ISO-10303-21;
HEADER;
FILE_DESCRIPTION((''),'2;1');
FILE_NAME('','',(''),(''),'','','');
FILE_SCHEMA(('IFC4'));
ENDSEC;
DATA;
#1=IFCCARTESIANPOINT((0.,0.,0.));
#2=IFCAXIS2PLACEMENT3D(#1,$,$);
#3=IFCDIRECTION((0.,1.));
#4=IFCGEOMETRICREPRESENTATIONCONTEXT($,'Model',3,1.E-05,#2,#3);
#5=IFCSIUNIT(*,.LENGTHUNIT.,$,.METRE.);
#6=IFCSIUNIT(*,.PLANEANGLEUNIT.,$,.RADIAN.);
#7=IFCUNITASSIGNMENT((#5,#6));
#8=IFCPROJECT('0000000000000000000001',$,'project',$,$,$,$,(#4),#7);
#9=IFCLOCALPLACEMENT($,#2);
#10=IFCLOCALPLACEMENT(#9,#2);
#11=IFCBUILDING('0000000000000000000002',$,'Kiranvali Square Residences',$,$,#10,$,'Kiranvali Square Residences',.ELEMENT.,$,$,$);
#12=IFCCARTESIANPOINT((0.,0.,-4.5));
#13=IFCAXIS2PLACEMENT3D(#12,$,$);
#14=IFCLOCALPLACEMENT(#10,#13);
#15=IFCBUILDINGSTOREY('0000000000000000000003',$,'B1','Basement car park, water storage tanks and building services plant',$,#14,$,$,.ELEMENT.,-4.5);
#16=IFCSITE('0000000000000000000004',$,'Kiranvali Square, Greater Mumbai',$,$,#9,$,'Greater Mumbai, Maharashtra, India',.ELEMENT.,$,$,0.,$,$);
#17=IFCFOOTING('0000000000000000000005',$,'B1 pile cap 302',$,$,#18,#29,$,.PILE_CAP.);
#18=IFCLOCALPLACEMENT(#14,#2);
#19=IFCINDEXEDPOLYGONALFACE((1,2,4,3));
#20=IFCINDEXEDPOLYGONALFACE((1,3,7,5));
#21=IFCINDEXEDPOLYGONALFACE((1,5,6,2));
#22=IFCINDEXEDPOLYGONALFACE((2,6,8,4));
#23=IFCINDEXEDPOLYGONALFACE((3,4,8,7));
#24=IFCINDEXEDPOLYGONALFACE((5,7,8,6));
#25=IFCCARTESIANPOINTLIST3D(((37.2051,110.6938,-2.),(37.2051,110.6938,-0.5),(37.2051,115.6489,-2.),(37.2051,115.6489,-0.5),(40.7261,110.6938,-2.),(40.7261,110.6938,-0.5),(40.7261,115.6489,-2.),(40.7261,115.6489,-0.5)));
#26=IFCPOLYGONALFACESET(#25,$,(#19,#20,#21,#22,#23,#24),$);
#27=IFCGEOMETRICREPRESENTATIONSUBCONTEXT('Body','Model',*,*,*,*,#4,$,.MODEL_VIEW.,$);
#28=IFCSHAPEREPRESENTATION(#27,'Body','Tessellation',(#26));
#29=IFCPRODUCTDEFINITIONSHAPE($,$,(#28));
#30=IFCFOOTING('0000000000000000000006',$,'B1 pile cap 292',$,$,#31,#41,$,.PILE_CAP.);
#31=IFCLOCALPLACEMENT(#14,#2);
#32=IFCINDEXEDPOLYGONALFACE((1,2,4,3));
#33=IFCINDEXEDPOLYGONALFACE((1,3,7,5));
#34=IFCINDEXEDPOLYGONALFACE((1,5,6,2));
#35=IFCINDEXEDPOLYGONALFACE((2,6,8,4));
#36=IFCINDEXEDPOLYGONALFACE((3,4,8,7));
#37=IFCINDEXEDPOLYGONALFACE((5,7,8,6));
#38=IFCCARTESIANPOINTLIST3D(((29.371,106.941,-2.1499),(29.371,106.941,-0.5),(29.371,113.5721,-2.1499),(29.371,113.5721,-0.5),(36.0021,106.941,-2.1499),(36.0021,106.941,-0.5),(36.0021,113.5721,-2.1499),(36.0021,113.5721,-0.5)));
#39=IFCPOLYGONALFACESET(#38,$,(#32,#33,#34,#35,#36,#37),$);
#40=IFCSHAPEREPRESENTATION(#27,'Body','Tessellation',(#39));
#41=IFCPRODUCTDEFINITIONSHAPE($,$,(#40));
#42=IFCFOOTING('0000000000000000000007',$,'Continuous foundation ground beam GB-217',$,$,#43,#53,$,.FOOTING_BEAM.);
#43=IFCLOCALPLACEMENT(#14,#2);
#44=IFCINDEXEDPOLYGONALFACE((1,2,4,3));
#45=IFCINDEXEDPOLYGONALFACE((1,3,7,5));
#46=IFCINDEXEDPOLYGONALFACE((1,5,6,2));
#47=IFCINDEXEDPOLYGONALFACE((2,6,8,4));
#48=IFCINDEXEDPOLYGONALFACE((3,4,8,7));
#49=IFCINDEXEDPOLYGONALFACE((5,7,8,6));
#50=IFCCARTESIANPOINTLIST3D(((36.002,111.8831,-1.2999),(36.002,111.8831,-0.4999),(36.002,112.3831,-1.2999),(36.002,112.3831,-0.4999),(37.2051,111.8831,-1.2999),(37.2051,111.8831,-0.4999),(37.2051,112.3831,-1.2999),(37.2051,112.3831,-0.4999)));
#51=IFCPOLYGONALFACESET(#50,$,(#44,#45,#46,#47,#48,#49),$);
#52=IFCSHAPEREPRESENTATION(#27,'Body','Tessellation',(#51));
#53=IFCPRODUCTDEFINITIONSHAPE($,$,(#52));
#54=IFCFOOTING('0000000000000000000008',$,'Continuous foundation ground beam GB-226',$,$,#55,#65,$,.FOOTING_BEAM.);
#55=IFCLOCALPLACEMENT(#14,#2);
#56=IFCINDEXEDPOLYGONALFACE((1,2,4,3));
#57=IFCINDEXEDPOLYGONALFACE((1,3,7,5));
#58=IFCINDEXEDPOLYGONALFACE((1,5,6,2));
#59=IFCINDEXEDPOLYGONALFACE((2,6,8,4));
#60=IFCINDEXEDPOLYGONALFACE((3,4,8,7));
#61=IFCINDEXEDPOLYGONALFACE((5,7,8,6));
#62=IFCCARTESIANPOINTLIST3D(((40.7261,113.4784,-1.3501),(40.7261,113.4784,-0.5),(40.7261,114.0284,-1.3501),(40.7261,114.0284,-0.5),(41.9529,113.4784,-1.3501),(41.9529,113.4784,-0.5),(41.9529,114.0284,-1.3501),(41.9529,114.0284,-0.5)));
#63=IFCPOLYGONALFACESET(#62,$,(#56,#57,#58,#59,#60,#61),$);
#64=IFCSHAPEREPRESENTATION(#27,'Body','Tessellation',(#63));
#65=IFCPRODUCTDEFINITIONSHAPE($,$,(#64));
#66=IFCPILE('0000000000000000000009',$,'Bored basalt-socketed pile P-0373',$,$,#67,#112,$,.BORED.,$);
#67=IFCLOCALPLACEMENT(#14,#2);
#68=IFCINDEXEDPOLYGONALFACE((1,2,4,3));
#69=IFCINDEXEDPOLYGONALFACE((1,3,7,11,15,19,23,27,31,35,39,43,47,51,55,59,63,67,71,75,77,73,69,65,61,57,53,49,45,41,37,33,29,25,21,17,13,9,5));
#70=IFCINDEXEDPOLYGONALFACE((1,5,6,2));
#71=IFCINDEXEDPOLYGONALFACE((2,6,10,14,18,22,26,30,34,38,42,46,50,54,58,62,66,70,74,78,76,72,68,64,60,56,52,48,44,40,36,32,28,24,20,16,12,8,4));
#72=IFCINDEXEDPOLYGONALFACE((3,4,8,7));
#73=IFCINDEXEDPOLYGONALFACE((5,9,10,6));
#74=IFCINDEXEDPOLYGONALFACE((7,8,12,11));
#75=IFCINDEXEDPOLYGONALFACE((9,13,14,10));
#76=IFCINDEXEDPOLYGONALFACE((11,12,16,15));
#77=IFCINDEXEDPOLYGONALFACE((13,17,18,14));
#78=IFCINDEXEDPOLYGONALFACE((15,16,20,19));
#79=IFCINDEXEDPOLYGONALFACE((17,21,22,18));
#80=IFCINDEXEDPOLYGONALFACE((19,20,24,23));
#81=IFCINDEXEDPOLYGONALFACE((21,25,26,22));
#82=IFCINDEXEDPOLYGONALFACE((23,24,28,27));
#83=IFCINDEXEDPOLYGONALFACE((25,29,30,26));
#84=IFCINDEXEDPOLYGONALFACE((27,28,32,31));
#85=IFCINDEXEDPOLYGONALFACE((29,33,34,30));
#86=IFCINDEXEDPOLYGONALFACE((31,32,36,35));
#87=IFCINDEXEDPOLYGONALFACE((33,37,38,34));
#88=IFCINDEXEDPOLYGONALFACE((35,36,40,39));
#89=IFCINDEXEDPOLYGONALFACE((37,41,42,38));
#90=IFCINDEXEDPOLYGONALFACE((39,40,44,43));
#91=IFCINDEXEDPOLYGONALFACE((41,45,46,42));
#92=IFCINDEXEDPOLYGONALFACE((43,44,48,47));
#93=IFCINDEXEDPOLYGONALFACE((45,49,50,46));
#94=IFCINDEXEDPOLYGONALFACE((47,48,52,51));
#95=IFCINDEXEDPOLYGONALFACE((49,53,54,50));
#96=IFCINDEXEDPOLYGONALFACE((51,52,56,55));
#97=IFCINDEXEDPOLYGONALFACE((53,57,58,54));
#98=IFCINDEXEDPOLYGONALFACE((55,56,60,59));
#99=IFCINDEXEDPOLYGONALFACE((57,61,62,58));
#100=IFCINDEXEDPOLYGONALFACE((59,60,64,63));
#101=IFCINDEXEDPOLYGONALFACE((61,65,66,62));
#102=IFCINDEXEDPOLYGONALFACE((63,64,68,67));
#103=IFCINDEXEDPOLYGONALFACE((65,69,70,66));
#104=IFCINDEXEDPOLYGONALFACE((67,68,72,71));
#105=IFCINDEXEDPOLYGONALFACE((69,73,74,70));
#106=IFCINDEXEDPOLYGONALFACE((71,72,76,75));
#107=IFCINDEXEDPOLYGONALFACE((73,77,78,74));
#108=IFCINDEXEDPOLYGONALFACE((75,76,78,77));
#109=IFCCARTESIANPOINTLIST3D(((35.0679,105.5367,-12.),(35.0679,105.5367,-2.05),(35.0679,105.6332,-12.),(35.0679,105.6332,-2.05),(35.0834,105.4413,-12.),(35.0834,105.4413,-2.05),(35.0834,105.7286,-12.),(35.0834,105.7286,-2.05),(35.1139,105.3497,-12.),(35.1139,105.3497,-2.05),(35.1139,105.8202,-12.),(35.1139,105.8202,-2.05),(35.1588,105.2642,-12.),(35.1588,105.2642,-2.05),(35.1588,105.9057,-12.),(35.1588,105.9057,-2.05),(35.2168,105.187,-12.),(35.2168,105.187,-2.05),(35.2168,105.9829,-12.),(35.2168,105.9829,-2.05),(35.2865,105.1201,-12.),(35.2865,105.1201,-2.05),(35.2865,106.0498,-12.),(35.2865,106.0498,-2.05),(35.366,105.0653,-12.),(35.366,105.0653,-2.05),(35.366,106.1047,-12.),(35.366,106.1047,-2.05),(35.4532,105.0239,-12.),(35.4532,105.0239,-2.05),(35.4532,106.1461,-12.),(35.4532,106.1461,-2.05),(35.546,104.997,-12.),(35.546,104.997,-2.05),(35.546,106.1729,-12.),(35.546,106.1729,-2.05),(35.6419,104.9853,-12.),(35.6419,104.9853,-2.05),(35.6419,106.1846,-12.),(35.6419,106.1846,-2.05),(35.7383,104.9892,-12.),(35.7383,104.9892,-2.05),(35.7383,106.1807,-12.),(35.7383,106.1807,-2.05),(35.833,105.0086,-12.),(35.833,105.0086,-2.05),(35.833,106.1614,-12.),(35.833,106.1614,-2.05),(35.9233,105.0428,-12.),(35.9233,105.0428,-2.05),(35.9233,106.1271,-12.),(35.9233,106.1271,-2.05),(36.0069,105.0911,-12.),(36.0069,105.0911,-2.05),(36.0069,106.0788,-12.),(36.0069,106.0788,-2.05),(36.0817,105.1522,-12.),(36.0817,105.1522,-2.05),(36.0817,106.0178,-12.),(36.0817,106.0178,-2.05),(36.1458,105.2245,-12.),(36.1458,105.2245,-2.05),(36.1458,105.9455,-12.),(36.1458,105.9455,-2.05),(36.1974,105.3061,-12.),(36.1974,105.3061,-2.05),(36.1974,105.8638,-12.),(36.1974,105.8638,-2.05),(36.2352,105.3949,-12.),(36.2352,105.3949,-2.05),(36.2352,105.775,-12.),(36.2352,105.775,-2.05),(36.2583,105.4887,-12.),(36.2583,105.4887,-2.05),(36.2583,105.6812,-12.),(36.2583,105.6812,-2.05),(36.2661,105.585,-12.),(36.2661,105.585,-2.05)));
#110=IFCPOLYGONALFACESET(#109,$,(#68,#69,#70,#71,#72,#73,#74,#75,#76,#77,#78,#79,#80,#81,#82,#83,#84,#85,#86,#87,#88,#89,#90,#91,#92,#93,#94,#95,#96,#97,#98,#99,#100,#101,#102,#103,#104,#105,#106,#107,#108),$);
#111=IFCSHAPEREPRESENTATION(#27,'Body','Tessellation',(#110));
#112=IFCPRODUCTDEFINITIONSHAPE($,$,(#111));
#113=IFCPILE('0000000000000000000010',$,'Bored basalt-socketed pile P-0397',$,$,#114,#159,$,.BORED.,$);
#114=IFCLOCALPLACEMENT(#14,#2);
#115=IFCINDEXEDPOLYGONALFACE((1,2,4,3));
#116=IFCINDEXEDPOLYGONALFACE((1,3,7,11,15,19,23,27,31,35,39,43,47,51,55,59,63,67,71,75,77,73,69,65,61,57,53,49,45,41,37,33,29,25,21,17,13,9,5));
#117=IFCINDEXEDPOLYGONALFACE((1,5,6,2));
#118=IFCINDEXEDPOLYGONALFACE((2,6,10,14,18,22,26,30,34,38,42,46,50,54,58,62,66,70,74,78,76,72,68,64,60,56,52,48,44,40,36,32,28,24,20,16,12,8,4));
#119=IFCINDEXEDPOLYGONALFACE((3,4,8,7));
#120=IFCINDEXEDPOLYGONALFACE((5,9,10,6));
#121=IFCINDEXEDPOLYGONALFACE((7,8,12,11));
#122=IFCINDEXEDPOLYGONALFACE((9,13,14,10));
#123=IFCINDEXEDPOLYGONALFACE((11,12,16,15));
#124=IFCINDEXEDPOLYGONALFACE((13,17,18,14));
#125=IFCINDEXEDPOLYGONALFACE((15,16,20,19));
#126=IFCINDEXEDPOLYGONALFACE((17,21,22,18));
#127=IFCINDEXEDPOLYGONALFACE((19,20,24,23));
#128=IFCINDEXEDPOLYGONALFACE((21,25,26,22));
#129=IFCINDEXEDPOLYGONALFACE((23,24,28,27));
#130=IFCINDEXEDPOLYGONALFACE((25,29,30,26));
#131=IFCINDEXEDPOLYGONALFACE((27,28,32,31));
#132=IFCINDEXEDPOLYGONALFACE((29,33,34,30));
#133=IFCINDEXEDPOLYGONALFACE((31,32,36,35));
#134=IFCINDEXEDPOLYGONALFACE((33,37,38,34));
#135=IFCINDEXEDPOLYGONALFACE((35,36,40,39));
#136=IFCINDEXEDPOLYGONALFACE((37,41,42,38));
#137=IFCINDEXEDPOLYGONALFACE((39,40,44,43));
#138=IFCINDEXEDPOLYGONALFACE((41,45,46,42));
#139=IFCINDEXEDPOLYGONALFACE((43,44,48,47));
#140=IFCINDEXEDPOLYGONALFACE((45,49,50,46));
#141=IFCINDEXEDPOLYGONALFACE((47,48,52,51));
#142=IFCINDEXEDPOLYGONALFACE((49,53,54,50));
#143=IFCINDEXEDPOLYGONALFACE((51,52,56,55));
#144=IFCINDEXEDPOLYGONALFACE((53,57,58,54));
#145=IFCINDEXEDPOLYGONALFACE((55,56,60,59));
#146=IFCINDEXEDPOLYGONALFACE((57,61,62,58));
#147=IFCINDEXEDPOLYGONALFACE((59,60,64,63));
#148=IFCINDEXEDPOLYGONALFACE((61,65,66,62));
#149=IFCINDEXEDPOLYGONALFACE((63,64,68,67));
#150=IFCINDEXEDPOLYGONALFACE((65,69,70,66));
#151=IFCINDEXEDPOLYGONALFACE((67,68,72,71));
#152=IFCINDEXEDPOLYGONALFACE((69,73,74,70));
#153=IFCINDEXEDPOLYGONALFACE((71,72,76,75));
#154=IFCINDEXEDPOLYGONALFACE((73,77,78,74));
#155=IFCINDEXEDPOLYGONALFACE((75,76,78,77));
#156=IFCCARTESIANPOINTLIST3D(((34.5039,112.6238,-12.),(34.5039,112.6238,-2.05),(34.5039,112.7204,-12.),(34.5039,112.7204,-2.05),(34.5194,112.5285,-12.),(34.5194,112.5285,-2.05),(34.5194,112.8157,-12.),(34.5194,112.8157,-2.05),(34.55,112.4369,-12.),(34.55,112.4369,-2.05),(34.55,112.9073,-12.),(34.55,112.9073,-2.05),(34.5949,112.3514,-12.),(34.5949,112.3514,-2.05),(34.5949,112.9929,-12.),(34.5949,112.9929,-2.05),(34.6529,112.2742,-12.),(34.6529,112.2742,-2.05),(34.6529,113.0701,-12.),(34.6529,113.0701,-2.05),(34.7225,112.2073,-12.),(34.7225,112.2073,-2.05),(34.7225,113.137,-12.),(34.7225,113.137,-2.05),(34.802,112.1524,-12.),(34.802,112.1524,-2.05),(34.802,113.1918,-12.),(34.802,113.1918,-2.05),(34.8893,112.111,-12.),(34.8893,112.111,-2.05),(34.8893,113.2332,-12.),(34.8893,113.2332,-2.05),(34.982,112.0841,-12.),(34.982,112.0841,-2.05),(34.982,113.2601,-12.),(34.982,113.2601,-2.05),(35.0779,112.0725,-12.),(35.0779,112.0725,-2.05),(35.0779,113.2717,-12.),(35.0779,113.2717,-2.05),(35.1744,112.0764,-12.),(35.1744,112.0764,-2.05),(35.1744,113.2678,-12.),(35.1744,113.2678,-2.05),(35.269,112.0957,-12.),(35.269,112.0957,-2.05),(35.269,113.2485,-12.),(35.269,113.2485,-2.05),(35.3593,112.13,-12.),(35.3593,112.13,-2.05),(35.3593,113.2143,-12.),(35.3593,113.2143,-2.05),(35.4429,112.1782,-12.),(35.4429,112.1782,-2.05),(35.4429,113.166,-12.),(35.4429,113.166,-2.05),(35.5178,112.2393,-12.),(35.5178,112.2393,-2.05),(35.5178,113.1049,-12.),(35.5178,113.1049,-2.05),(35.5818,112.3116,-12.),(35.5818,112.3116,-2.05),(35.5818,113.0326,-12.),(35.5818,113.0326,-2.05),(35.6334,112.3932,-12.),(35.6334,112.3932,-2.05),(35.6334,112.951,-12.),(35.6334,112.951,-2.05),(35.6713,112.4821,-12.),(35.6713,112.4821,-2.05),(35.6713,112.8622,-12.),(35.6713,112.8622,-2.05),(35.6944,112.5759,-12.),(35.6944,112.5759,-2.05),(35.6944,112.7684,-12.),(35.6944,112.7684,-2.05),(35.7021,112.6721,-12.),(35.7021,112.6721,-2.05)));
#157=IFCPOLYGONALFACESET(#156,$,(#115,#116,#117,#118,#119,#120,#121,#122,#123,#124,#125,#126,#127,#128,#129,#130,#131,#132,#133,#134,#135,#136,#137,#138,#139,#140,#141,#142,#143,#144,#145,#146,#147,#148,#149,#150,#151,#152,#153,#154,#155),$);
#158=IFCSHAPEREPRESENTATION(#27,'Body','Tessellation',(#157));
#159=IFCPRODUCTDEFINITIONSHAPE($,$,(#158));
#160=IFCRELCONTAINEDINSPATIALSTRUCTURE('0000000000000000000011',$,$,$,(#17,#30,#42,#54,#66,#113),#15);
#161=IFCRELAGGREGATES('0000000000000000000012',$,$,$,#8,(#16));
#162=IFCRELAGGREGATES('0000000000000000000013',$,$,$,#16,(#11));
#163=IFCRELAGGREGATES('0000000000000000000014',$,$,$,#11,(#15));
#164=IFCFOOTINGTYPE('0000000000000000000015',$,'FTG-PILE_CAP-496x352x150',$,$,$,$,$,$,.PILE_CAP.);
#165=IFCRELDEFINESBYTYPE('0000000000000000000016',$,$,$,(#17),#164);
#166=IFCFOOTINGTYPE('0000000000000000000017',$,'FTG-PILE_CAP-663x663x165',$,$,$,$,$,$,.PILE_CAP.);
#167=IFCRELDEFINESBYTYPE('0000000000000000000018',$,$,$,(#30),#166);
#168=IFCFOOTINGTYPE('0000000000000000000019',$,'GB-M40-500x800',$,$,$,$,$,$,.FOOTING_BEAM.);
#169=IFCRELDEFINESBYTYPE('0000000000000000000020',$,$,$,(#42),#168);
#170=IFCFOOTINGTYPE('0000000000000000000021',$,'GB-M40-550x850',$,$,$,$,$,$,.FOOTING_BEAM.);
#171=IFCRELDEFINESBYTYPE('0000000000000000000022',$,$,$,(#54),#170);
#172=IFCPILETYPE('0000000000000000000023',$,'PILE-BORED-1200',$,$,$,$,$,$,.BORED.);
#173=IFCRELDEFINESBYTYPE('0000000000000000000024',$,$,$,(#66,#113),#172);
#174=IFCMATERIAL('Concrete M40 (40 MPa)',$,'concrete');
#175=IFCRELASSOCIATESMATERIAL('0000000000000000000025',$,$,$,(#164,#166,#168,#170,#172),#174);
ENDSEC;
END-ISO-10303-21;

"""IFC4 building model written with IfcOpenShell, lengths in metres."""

from ifc_helpers import new_model, si_unit, direction, frame, origin, origin_2d, place, context, subcontext, project, spatial, rectangle, circle, extrude, material, material_profile, profile_set, type_object, element, save


model = new_model("IFC4")

# Units and contexts
model_context = context("Model", 3, precision=1e-05, world=origin(), true_north=direction((0.0, 1.0)))
body_context = subcontext(model_context, "Body", "Model", "MODEL_VIEW")
ifc_project = project(units=[si_unit("LENGTHUNIT", "METRE"), si_unit("PLANEANGLEUNIT", "RADIAN")], contexts=[model_context])

# Site, building, storey
site_placement = place(None, origin())
site = spatial("IfcSite", under=ifc_project, at=site_placement, Name="Kiranvali Square, Greater Mumbai", LongName="Greater Mumbai, Maharashtra, India", CompositionType="ELEMENT", RefElevation=0.0)
building_placement = place(site_placement, origin())
building = spatial("IfcBuilding", under=site, at=building_placement, Name="Kiranvali Square Residences", LongName="Kiranvali Square Residences", CompositionType="ELEMENT")
storey_placement = place(building_placement, frame((0.0, 0.0, -4.5)))
storey = spatial("IfcBuildingStorey", under=building, at=storey_placement, Name="B1", Description="Basement car park, water storage tanks and building services plant", CompositionType="ELEMENT", Elevation=-4.5)

# Footings
ifc_material_1 = material(Name="Concrete M40 (40 MPa)", Category="concrete")
footing_type_1 = type_object("IfcFootingType", Name="FTG-PILE_CAP-496x352x150", PredefinedType="PILE_CAP", material=ifc_material_1)
footing_1_placement = place(storey_placement, frame((38.9656, 113.1714, -2.0), z_axis=(0.0, 0.0, 1.0), x_axis=(0.0, 1.0, 0.0)))
element("IfcFooting", 1, at=footing_1_placement, inside=storey, type_object=footing_type_1, Name="B1 pile cap 302", PredefinedType="PILE_CAP", context=body_context, shape_type="SweptSolid", body=[
    extrude(rectangle(XDim=4.9551, YDim=3.521, at=origin_2d()), origin(), (0.0, 0.0, 1.0), 1.5),
])
footing_type_2 = type_object("IfcFootingType", Name="FTG-PILE_CAP-663x663x165", PredefinedType="PILE_CAP", material=ifc_material_1)
footing_2_placement = place(storey_placement, frame((32.6865, 110.2566, -2.1499), z_axis=(0.0, 0.0, 1.0), x_axis=(1.0, 0.0, 0.0)))
element("IfcFooting", 2, at=footing_2_placement, inside=storey, type_object=footing_type_2, Name="B1 pile cap 292", PredefinedType="PILE_CAP", context=body_context, shape_type="SweptSolid", body=[
    extrude(rectangle(XDim=6.6311, YDim=6.6311, at=origin_2d()), origin(), (0.0, 0.0, 1.0), 1.6499),
])
ifc_material_profile_1 = material_profile(ifc_material_1, rectangle(XDim=0.5, YDim=0.8, at=origin_2d()), Name="GB 500x800")
ifc_profile_set_1 = profile_set([ifc_material_profile_1], Name="Concrete M40 (40 MPa)")
footing_type_3 = type_object("IfcFootingType", Name="GB-M40-500x800", PredefinedType="FOOTING_BEAM", material=ifc_profile_set_1)
footing_3_placement = place(storey_placement, frame((36.002, 112.1331, -0.8999), z_axis=(1.0, 0.0, 0.0), x_axis=(0.0, 1.0, 0.0)))
element("IfcFooting", 3, at=footing_3_placement, inside=storey, type_object=footing_type_3, Name="Continuous foundation ground beam GB-217", PredefinedType="FOOTING_BEAM", context=body_context, shape_type="SweptSolid", body=[
    extrude(rectangle(XDim=0.5, YDim=0.8, at=origin_2d()), origin(), (0.0, 0.0, 1.0), 1.2031),
])
ifc_material_profile_2 = material_profile(ifc_material_1, rectangle(XDim=0.55, YDim=0.8501, at=origin_2d()), Name="GB 550x850")
ifc_profile_set_2 = profile_set([ifc_material_profile_2], Name="Concrete M40 (40 MPa)")
footing_type_4 = type_object("IfcFootingType", Name="GB-M40-550x850", PredefinedType="FOOTING_BEAM", material=ifc_profile_set_2)
footing_4_placement = place(storey_placement, frame((40.7261, 113.7534, -0.925), z_axis=(1.0, 0.0, 0.0), x_axis=(0.0, 1.0, 0.0)))
element("IfcFooting", 4, at=footing_4_placement, inside=storey, type_object=footing_type_4, Name="Continuous foundation ground beam GB-226", PredefinedType="FOOTING_BEAM", context=body_context, shape_type="SweptSolid", body=[
    extrude(rectangle(XDim=0.55, YDim=0.8501, at=origin_2d()), origin(), (0.0, 0.0, 1.0), 1.2268),
])

# Piles
ifc_material_profile_3 = material_profile(ifc_material_1, circle(Radius=0.6001, at=origin_2d()), Name="BORED PILE 1200")
ifc_profile_set_3 = profile_set([ifc_material_profile_3], Name="Concrete M40 (40 MPa)")
pile_type = type_object("IfcPileType", Name="PILE-BORED-1200", PredefinedType="BORED", material=ifc_profile_set_3)
for number, where, z_axis, x_axis, name in (
    (5, (35.666, 105.585, -2.05), (0.0, 0.0, -1.0), (1.0, 0.0, 0.0), "Bored basalt-socketed pile P-0373"),
    (6, (35.1021, 112.6721, -2.05), (0.0, 0.0, -1.0), (1.0, 0.0, 0.0), "Bored basalt-socketed pile P-0397"),
):
    element("IfcPile", number, at=place(storey_placement, frame(where, z_axis=z_axis, x_axis=x_axis)), inside=storey, type_object=pile_type, Name=name, PredefinedType="BORED", context=body_context, shape_type="SweptSolid", body=[
        extrude(circle(Radius=0.6001, at=origin_2d()), origin(), (0.0, 0.0, 1.0), 9.95),
    ])

save(model, "model.ifc")
